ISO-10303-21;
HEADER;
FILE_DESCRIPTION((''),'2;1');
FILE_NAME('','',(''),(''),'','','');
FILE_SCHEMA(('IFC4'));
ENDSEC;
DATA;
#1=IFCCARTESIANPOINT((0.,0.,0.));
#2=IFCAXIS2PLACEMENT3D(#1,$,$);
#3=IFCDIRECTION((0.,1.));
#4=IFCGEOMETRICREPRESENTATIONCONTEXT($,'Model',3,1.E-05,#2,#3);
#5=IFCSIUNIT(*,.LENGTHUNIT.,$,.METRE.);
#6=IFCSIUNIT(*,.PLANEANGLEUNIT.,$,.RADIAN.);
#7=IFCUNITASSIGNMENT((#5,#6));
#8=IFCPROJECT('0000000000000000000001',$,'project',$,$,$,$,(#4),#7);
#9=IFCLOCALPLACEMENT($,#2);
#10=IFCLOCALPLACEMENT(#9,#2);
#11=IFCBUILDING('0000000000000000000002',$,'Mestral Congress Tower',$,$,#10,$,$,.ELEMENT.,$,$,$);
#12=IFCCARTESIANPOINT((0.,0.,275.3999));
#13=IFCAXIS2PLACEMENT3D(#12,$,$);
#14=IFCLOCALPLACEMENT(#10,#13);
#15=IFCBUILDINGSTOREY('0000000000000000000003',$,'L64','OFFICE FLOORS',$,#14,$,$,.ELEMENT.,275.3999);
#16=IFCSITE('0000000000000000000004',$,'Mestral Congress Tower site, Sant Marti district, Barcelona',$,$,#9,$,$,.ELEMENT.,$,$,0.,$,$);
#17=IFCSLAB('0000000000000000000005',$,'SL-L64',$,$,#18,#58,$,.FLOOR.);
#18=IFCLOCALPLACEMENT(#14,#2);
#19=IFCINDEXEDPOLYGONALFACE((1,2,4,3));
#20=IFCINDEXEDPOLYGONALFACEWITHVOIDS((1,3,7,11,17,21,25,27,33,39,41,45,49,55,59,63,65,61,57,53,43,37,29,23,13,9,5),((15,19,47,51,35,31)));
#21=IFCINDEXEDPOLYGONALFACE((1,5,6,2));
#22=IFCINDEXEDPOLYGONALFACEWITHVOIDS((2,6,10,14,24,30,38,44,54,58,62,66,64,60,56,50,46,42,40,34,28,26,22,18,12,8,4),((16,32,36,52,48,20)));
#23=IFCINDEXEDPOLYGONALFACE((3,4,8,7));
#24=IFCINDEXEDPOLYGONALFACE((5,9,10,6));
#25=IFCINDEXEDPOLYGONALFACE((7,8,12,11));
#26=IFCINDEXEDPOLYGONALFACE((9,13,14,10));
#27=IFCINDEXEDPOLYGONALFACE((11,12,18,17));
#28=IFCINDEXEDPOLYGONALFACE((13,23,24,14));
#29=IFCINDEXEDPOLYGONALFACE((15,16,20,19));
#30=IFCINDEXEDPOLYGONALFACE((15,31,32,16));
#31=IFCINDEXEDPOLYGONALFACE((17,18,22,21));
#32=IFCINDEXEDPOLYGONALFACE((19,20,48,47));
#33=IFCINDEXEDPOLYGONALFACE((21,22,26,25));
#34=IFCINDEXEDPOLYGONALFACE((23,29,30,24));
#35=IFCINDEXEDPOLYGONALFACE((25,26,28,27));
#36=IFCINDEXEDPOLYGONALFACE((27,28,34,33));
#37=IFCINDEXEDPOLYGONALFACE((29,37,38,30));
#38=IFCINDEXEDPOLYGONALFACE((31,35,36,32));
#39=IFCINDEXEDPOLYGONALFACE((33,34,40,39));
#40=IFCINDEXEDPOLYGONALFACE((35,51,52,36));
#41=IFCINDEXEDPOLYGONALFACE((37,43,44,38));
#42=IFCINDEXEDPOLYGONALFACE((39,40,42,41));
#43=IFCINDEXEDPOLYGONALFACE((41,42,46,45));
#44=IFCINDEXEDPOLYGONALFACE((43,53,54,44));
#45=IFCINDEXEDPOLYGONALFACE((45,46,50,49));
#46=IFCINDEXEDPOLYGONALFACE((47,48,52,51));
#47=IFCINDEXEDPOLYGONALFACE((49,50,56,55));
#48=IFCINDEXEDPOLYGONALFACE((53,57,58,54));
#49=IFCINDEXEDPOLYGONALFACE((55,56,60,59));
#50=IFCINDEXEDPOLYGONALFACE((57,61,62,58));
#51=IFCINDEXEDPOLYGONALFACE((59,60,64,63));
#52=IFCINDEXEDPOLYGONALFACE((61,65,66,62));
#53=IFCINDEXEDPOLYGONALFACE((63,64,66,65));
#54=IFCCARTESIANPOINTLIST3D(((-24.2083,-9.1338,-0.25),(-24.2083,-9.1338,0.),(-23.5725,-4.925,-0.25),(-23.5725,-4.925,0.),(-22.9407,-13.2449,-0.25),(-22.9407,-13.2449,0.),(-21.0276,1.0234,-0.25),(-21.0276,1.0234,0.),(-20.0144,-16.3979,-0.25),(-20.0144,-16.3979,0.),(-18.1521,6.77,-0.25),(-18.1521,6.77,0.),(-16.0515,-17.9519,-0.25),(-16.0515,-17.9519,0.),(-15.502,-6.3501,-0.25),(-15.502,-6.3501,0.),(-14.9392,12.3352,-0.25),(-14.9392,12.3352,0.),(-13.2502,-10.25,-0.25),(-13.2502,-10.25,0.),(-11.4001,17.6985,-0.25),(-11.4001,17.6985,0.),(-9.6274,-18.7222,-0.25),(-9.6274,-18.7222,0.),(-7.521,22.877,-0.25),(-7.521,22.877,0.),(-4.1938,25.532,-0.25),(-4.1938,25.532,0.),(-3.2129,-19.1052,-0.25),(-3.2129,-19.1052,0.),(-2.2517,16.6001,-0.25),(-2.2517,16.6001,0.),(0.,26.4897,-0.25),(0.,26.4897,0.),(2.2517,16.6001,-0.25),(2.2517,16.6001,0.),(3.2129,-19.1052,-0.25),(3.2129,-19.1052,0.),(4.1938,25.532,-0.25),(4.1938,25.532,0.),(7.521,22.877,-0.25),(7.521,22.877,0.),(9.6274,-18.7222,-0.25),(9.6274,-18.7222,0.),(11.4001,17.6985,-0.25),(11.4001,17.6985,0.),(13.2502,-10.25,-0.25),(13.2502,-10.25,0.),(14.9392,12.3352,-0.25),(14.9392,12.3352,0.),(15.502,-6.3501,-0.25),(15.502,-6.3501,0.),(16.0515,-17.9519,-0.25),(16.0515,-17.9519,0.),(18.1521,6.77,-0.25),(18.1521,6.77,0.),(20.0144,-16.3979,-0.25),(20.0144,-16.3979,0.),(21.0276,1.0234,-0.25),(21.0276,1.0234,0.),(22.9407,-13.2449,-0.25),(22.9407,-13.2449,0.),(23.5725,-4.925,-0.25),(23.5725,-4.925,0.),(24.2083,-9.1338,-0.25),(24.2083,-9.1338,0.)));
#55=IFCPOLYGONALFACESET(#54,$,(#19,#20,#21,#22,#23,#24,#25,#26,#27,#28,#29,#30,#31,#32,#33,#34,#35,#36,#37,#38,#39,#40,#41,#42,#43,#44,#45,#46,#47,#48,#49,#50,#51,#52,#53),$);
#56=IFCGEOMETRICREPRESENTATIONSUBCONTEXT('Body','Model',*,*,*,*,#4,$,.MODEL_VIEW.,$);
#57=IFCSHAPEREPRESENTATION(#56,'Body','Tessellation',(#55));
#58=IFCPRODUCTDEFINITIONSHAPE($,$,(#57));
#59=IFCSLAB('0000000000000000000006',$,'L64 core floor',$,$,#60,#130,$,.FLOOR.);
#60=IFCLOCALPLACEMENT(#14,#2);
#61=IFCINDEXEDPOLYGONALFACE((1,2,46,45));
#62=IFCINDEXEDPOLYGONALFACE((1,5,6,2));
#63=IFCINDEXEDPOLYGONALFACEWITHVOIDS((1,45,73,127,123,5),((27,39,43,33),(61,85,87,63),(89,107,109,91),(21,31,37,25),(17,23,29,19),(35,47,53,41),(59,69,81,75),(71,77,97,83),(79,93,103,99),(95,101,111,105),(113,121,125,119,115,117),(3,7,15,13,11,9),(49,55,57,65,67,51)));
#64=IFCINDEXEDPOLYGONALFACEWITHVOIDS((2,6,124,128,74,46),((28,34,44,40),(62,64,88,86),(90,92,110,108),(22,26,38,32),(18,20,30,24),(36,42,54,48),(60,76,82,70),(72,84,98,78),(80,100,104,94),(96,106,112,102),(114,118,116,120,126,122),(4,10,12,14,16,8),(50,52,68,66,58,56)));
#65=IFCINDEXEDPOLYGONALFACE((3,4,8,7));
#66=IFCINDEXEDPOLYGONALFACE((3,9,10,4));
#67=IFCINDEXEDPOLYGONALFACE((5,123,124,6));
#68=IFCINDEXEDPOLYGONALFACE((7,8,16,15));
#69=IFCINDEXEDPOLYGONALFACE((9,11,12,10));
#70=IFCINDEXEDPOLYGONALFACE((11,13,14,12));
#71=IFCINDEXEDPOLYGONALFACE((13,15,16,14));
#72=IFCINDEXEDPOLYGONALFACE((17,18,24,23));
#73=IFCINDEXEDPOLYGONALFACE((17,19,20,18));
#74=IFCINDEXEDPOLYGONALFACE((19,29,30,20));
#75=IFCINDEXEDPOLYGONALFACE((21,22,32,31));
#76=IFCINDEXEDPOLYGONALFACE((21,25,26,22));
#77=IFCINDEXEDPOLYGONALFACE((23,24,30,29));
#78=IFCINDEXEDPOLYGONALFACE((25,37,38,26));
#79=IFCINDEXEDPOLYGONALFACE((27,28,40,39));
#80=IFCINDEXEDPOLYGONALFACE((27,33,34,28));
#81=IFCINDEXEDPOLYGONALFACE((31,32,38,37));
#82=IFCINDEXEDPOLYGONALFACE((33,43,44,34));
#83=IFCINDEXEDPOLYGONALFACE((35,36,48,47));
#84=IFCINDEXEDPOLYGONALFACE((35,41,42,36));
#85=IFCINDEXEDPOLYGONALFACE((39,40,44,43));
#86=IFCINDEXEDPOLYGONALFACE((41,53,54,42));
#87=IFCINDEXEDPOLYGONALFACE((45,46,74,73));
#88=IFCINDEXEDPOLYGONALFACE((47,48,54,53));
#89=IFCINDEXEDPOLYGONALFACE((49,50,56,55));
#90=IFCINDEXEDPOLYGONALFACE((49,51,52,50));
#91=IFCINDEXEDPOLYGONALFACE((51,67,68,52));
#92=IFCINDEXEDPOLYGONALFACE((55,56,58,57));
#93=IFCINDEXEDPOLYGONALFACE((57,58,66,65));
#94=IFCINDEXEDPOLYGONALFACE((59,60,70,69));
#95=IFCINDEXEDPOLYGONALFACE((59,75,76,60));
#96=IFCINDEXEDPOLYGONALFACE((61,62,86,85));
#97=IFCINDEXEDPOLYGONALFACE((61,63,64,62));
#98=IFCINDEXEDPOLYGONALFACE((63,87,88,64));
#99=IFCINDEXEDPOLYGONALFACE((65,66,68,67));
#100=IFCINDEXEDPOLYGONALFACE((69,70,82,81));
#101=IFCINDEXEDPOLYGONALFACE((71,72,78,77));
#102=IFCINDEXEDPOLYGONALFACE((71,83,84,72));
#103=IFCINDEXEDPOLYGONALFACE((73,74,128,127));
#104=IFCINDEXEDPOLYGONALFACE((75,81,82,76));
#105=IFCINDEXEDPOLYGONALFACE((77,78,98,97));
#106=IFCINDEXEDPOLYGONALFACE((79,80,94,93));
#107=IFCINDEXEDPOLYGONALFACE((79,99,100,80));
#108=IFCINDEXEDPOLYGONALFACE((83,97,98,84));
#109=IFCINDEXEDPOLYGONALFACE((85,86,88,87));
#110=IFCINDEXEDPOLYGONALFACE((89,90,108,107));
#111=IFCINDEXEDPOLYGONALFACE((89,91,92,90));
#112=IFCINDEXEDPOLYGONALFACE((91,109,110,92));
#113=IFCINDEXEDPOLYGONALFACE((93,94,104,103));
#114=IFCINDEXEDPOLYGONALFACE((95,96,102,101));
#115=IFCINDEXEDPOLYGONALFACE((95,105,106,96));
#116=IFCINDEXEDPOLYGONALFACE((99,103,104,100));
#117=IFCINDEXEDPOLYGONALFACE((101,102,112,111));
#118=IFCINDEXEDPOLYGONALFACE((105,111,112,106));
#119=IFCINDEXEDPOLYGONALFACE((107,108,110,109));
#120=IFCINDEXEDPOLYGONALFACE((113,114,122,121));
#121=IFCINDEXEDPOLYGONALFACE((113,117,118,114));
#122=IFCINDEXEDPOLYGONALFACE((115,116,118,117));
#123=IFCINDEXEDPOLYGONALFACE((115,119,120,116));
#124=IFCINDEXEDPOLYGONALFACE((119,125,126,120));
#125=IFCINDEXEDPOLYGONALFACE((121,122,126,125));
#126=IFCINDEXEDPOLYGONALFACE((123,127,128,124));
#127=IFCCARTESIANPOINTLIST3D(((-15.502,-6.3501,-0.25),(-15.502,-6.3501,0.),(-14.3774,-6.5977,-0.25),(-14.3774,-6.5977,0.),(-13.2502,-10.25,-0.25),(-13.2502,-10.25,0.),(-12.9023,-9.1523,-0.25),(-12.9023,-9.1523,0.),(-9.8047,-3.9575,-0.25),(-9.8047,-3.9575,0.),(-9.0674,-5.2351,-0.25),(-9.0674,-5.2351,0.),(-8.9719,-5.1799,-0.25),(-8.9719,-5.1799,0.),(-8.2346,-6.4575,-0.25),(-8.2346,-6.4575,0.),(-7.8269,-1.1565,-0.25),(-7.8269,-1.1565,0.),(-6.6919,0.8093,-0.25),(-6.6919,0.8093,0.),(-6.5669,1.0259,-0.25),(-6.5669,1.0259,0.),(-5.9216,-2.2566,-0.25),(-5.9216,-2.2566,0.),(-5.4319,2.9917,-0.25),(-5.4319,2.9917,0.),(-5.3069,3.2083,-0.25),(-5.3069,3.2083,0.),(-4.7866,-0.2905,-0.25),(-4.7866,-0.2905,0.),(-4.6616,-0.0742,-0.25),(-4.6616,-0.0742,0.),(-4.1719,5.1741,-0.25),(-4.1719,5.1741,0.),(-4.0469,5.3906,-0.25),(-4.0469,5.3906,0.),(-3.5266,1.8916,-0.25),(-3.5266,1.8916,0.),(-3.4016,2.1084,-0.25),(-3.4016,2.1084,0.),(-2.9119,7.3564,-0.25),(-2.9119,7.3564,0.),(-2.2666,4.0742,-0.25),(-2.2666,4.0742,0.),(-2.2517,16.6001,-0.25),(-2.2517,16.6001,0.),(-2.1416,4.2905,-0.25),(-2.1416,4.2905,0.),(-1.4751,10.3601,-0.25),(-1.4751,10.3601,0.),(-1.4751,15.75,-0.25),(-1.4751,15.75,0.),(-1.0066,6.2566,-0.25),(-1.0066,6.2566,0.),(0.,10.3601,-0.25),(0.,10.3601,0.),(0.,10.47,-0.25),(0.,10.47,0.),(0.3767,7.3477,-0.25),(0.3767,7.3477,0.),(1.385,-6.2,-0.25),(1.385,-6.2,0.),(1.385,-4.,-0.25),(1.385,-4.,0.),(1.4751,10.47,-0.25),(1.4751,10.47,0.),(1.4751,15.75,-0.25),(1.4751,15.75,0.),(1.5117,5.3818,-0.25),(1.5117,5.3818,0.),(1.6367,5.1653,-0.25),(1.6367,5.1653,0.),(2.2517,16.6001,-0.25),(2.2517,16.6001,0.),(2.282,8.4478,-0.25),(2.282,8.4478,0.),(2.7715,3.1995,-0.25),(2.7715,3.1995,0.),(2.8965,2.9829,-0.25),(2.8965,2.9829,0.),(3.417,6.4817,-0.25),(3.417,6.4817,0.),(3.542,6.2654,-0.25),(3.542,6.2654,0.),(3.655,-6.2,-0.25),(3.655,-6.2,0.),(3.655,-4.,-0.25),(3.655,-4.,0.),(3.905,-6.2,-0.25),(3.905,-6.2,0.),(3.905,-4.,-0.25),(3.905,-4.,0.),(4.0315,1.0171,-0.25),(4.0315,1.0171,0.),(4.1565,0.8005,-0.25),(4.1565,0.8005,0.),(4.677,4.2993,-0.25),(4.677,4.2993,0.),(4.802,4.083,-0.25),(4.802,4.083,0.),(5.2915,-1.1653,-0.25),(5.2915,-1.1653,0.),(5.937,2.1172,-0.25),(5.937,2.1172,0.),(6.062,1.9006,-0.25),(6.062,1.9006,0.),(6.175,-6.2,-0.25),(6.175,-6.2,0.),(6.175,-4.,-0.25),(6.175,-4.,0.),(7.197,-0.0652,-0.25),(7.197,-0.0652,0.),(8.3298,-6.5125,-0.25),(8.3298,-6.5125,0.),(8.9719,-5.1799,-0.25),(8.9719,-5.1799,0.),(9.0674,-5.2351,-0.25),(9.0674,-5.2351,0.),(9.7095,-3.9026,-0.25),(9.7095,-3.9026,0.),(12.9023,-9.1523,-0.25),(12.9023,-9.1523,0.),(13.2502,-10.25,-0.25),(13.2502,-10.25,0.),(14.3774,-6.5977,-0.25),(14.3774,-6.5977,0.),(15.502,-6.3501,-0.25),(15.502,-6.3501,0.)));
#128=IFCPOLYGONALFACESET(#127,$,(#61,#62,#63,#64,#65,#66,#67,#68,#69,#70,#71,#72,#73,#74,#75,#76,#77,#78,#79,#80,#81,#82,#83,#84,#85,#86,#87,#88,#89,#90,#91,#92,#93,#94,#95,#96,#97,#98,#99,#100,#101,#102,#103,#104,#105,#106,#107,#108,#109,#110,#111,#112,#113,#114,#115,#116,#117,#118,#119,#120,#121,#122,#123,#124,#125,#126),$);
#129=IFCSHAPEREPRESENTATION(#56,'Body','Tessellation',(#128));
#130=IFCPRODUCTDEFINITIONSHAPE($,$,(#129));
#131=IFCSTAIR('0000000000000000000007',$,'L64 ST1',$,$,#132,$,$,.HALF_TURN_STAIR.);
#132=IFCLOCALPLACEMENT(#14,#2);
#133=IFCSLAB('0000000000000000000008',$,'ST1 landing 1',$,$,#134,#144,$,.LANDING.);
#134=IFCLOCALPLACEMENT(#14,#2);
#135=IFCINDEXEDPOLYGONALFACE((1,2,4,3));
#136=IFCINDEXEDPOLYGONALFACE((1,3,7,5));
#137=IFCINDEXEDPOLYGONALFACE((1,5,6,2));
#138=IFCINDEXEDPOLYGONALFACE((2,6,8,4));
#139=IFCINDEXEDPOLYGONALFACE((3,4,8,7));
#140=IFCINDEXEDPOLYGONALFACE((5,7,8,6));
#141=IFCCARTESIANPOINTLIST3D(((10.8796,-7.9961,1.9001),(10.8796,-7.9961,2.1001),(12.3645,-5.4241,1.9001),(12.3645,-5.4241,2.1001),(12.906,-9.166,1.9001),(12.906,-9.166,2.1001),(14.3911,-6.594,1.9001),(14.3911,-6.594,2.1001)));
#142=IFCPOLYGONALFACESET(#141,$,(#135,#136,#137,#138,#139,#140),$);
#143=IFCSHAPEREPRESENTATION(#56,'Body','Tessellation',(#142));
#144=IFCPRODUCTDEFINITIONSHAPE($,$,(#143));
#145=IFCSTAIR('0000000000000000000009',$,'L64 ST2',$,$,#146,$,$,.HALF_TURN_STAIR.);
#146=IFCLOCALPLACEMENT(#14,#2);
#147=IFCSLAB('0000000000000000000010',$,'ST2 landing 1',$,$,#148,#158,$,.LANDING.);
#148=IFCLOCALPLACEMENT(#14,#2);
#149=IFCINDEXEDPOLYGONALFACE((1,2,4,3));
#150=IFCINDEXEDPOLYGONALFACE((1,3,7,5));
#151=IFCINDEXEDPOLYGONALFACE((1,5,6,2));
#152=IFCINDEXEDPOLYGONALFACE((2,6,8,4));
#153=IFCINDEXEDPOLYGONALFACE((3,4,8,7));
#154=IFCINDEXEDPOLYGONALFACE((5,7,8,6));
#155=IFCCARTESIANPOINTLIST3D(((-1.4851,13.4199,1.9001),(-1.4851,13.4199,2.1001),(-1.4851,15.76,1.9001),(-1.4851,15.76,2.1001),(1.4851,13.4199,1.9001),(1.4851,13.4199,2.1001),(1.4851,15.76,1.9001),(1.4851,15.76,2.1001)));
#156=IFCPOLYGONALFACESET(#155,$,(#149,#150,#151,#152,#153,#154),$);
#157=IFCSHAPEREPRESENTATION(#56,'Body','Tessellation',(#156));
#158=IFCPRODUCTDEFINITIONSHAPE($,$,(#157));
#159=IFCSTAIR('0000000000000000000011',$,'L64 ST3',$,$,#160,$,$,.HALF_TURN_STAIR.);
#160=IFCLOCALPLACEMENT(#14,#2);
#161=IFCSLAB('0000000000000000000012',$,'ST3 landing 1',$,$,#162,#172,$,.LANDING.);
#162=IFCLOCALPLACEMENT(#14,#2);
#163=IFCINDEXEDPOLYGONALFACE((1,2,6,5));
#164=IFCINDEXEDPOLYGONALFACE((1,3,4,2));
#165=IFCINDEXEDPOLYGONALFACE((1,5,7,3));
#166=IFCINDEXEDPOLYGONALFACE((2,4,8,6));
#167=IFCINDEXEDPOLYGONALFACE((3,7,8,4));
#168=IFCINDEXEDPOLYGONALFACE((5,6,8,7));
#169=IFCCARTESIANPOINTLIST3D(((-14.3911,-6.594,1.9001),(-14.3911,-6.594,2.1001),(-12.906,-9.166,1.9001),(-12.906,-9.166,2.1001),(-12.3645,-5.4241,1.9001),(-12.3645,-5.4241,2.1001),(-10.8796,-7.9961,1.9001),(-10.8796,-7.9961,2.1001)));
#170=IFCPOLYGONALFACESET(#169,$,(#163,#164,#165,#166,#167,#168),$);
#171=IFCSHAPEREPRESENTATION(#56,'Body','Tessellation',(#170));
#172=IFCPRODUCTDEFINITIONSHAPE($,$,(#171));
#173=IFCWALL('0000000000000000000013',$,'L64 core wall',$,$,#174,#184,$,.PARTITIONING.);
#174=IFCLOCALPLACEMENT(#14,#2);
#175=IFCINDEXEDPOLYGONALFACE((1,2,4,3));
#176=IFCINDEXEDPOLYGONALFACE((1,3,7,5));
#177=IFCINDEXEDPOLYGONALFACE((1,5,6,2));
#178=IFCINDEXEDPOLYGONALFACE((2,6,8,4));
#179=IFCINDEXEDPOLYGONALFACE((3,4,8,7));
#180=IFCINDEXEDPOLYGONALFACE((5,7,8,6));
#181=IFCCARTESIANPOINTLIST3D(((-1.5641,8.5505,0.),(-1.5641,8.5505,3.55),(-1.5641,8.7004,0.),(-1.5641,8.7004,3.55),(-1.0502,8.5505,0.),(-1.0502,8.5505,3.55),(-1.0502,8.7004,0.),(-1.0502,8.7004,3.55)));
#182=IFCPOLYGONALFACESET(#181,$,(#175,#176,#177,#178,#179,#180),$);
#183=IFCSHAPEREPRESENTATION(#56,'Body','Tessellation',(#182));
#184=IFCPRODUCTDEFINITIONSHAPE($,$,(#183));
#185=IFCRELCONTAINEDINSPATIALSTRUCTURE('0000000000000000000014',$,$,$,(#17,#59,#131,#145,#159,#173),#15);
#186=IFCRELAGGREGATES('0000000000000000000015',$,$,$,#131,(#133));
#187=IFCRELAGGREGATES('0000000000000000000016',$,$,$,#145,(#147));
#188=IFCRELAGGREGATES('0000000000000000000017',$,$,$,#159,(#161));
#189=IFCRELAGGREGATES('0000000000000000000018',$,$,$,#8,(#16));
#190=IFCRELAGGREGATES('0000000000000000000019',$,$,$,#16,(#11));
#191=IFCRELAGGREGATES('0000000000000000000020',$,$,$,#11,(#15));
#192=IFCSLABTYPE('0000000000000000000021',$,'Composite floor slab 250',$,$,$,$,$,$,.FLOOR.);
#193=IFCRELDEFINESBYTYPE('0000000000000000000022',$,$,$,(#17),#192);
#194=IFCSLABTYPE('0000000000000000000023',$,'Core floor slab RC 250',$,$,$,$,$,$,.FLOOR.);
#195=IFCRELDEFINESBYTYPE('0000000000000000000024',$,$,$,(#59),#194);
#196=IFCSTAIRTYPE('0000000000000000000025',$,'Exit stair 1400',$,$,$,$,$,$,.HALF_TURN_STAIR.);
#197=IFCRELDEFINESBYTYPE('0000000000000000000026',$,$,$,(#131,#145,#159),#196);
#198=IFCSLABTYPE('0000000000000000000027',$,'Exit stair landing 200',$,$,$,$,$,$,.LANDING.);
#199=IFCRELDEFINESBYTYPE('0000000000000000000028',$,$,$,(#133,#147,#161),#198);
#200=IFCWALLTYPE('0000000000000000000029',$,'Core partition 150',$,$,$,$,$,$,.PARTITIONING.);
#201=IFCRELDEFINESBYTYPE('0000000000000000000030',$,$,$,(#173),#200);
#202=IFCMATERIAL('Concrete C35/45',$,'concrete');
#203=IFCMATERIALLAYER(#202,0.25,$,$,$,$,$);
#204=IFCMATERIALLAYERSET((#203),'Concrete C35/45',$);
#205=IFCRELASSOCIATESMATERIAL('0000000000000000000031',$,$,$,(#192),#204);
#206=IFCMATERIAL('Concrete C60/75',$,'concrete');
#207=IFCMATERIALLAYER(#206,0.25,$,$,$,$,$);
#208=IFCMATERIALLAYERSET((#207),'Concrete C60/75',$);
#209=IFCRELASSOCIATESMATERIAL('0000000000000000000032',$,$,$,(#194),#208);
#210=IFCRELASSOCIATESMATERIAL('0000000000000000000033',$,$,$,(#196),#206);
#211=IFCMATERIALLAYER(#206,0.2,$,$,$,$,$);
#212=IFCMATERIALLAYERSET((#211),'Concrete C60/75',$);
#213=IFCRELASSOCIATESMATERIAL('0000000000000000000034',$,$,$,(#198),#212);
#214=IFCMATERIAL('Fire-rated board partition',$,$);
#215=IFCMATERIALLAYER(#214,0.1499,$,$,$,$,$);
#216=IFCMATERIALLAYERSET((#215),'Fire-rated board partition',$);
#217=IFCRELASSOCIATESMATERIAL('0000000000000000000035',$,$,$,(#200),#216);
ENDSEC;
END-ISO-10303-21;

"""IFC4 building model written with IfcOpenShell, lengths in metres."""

from ifc_helpers import new_model, si_unit, direction, frame, frame_2d, origin, place, context, subcontext, project, spatial, polyline, rectangle, outline, extrude, material, layer, layer_set, type_object, element, aggregate, save


model = new_model("IFC4")

# Units and contexts
model_context = context("Model", 3, precision=1e-05, world=origin(), true_north=direction((0.0, 1.0)))
body_context = subcontext(model_context, "Body", "Model", "MODEL_VIEW")
ifc_project = project(units=[si_unit("LENGTHUNIT", "METRE"), si_unit("PLANEANGLEUNIT", "RADIAN")], contexts=[model_context])

# Site, building, storey
site_placement = place(None, origin())
site = spatial("IfcSite", under=ifc_project, at=site_placement, Name="Mestral Congress Tower site, Sant Marti district, Barcelona", CompositionType="ELEMENT", RefElevation=0.0)
building_placement = place(site_placement, origin())
building = spatial("IfcBuilding", under=site, at=building_placement, Name="Mestral Congress Tower", CompositionType="ELEMENT")
storey_placement = place(building_placement, frame((0.0, 0.0, 275.3999)))
storey = spatial("IfcBuildingStorey", under=building, at=storey_placement, Name="L64", Description="OFFICE FLOORS", CompositionType="ELEMENT", Elevation=275.3999)

# Slabs
ifc_material_1 = material(Name="Concrete C35/45", Category="concrete")
ifc_layer_1 = layer(ifc_material_1, 0.25)
ifc_layer_set_1 = layer_set([ifc_layer_1], Name="Concrete C35/45")
slab_type_1 = type_object("IfcSlabType", Name="Composite floor slab 250", PredefinedType="FLOOR", material=ifc_layer_set_1)
placement_1 = place(storey_placement, frame((0.0, 0.0, -0.25)))
element("IfcSlab", 1, at=placement_1, inside=storey, type_object=slab_type_1, Name="SL-L64", PredefinedType="FLOOR", context=body_context, shape_type="SweptSolid", body=[
    extrude(outline(polyline([(-16.0515, -17.9519), (-20.0144, -16.3979), (-22.9407, -13.2449), (-24.2083, -9.1338), (-23.5725, -4.925), (-21.0276, 1.0234), (-18.1521, 6.77), (-14.9392, 12.3352), (-11.4001, 17.6985), (-7.521, 22.877), (-4.1938, 25.532), (0.0, 26.4897), (4.1938, 25.532), (7.521, 22.877), (11.4001, 17.6985), (14.9392, 12.3352), (18.1521, 6.77), (21.0276, 1.0234), (23.5725, -4.925), (24.2083, -9.1338), (22.9407, -13.2449), (20.0144, -16.3979), (16.0515, -17.9519), (9.6274, -18.7222), (3.2129, -19.1052), (-3.2129, -19.1052), (-9.6274, -18.7222), (-16.0515, -17.9519)]), holes=[polyline([(-2.2517, 16.6001), (-15.502, -6.3501), (-13.2502, -10.25), (13.2502, -10.25), (15.502, -6.3501), (2.2517, 16.6001), (-2.2517, 16.6001)])]), origin(), (0.0, 0.0, 1.0), 0.25),
])
ifc_material_2 = material(Name="Concrete C60/75", Category="concrete")
ifc_layer_2 = layer(ifc_material_2, 0.25)
ifc_layer_set_2 = layer_set([ifc_layer_2], Name="Concrete C60/75")
slab_type_2 = type_object("IfcSlabType", Name="Core floor slab RC 250", PredefinedType="FLOOR", material=ifc_layer_set_2)
element("IfcSlab", 2, at=placement_1, inside=storey, type_object=slab_type_2, Name="L64 core floor", PredefinedType="FLOOR", context=body_context, shape_type="SweptSolid", body=[
    extrude(outline(polyline([(13.2502, -10.25), (-13.2502, -10.25), (-15.502, -6.3501), (-2.2517, 16.6001), (2.2517, 16.6001), (15.502, -6.3501), (13.2502, -10.25)]), holes=[polyline([(-14.3774, -6.5977), (-12.9023, -9.1523), (-8.2346, -6.4575), (-8.9719, -5.1799), (-9.0674, -5.2351), (-9.8047, -3.9575), (-14.3774, -6.5977)]), polyline([(-5.9216, -2.2566), (-4.7866, -0.2905), (-6.6919, 0.8093), (-7.8269, -1.1565), (-5.9216, -2.2566)]), polyline([(-4.6616, -0.0742), (-3.5266, 1.8916), (-5.4319, 2.9917), (-6.5669, 1.0259), (-4.6616, -0.0742)]), polyline([(-2.2666, 4.0742), (-4.1719, 5.1741), (-5.3069, 3.2083), (-3.4016, 2.1084), (-2.2666, 4.0742)]), polyline([(-2.1416, 4.2905), (-1.0066, 6.2566), (-2.9119, 7.3564), (-4.0469, 5.3906), (-2.1416, 4.2905)]), polyline([(0.3767, 7.3477), (1.5117, 5.3818), (3.417, 6.4817), (2.282, 8.4478), (0.3767, 7.3477)]), polyline([(1.4751, 15.75), (-1.4751, 15.75), (-1.4751, 10.3601), (0.0, 10.3601), (0.0, 10.47), (1.4751, 10.47), (1.4751, 15.75)]), polyline([(8.3298, -6.5125), (12.9023, -9.1523), (14.3774, -6.5977), (9.7095, -3.9026), (8.9719, -5.1799), (9.0674, -5.2351), (8.3298, -6.5125)]), polyline([(3.655, -4.0), (1.385, -4.0), (1.385, -6.2), (3.655, -6.2), (3.655, -4.0)]), polyline([(6.175, -4.0), (3.905, -4.0), (3.905, -6.2), (6.175, -6.2), (6.175, -4.0)]), polyline([(4.1565, 0.8005), (5.2915, -1.1653), (7.197, -0.0652), (6.062, 1.9006), (4.1565, 0.8005)]), polyline([(2.8965, 2.9829), (4.0315, 1.0171), (5.937, 2.1172), (4.802, 4.083), (2.8965, 2.9829)]), polyline([(1.6367, 5.1653), (2.7715, 3.1995), (4.677, 4.2993), (3.542, 6.2654), (1.6367, 5.1653)])]), origin(), (0.0, 0.0, 1.0), 0.25),
])

# Stairs, slabs
stair_type = type_object("IfcStairType", Name="Exit stair 1400", PredefinedType="HALF_TURN_STAIR", material=ifc_material_2)
placement_2 = place(storey_placement, origin())
stair_1 = element("IfcStair", 3, at=placement_2, inside=storey, type_object=stair_type, Name="L64 ST1", PredefinedType="HALF_TURN_STAIR")
ifc_layer_3 = layer(ifc_material_2, 0.2)
ifc_layer_set_3 = layer_set([ifc_layer_3], Name="Concrete C60/75")
slab_type_3 = type_object("IfcSlabType", Name="Exit stair landing 200", PredefinedType="LANDING", material=ifc_layer_set_3)
placement_3 = place(storey_placement, frame((0.0, 0.0, 1.9001)))
slab_1 = element("IfcSlab", 4, at=placement_3, type_object=slab_type_3, Name="ST1 landing 1", PredefinedType="LANDING", context=body_context, shape_type="SweptSolid", body=[
    extrude(outline(polyline([(10.8796, -7.9961), (12.3645, -5.4241), (14.3911, -6.594), (12.906, -9.166), (10.8796, -7.9961)])), origin(), (0.0, 0.0, 1.0), 0.2),
])
aggregate(stair_1, [slab_1])
stair_2 = element("IfcStair", 5, at=placement_2, inside=storey, type_object=stair_type, Name="L64 ST2", PredefinedType="HALF_TURN_STAIR")
slab_2 = element("IfcSlab", 6, at=placement_3, type_object=slab_type_3, Name="ST2 landing 1", PredefinedType="LANDING", context=body_context, shape_type="SweptSolid", body=[
    extrude(outline(polyline([(1.4851, 13.4199), (-1.4851, 13.4199), (-1.4851, 15.76), (1.4851, 15.76), (1.4851, 13.4199)])), origin(), (0.0, 0.0, 1.0), 0.2),
])
aggregate(stair_2, [slab_2])
stair_3 = element("IfcStair", 7, at=placement_2, inside=storey, type_object=stair_type, Name="L64 ST3", PredefinedType="HALF_TURN_STAIR")
slab_3 = element("IfcSlab", 8, at=placement_3, type_object=slab_type_3, Name="ST3 landing 1", PredefinedType="LANDING", context=body_context, shape_type="SweptSolid", body=[
    extrude(outline(polyline([(-12.3645, -5.4241), (-10.8796, -7.9961), (-12.906, -9.166), (-14.3911, -6.594), (-12.3645, -5.4241)])), origin(), (0.0, 0.0, 1.0), 0.2),
])
aggregate(stair_3, [slab_3])

# Wall
ifc_material_3 = material(Name="Fire-rated board partition")
ifc_layer_4 = layer(ifc_material_3, 0.1499)
ifc_layer_set_4 = layer_set([ifc_layer_4], Name="Fire-rated board partition")
wall_type_1 = type_object("IfcWallType", Name="Core partition 150", PredefinedType="PARTITIONING", material=ifc_layer_set_4)
wall_1_placement = place(storey_placement, frame((-1.564, 8.6255, 0.0), z_axis=(0.0, 0.0, 1.0), x_axis=(1.0, 0.0, 0.0)))
element("IfcWall", 9, at=wall_1_placement, inside=storey, type_object=wall_type_1, Name="L64 core wall", PredefinedType="PARTITIONING", context=body_context, shape_type="SweptSolid", body=[
    extrude(rectangle(XDim=0.5139, YDim=0.1499, at=frame_2d((0.2568, 0.0))), origin(), (0.0, 0.0, 1.0), 3.55),
])

save(model, "model.ifc")
